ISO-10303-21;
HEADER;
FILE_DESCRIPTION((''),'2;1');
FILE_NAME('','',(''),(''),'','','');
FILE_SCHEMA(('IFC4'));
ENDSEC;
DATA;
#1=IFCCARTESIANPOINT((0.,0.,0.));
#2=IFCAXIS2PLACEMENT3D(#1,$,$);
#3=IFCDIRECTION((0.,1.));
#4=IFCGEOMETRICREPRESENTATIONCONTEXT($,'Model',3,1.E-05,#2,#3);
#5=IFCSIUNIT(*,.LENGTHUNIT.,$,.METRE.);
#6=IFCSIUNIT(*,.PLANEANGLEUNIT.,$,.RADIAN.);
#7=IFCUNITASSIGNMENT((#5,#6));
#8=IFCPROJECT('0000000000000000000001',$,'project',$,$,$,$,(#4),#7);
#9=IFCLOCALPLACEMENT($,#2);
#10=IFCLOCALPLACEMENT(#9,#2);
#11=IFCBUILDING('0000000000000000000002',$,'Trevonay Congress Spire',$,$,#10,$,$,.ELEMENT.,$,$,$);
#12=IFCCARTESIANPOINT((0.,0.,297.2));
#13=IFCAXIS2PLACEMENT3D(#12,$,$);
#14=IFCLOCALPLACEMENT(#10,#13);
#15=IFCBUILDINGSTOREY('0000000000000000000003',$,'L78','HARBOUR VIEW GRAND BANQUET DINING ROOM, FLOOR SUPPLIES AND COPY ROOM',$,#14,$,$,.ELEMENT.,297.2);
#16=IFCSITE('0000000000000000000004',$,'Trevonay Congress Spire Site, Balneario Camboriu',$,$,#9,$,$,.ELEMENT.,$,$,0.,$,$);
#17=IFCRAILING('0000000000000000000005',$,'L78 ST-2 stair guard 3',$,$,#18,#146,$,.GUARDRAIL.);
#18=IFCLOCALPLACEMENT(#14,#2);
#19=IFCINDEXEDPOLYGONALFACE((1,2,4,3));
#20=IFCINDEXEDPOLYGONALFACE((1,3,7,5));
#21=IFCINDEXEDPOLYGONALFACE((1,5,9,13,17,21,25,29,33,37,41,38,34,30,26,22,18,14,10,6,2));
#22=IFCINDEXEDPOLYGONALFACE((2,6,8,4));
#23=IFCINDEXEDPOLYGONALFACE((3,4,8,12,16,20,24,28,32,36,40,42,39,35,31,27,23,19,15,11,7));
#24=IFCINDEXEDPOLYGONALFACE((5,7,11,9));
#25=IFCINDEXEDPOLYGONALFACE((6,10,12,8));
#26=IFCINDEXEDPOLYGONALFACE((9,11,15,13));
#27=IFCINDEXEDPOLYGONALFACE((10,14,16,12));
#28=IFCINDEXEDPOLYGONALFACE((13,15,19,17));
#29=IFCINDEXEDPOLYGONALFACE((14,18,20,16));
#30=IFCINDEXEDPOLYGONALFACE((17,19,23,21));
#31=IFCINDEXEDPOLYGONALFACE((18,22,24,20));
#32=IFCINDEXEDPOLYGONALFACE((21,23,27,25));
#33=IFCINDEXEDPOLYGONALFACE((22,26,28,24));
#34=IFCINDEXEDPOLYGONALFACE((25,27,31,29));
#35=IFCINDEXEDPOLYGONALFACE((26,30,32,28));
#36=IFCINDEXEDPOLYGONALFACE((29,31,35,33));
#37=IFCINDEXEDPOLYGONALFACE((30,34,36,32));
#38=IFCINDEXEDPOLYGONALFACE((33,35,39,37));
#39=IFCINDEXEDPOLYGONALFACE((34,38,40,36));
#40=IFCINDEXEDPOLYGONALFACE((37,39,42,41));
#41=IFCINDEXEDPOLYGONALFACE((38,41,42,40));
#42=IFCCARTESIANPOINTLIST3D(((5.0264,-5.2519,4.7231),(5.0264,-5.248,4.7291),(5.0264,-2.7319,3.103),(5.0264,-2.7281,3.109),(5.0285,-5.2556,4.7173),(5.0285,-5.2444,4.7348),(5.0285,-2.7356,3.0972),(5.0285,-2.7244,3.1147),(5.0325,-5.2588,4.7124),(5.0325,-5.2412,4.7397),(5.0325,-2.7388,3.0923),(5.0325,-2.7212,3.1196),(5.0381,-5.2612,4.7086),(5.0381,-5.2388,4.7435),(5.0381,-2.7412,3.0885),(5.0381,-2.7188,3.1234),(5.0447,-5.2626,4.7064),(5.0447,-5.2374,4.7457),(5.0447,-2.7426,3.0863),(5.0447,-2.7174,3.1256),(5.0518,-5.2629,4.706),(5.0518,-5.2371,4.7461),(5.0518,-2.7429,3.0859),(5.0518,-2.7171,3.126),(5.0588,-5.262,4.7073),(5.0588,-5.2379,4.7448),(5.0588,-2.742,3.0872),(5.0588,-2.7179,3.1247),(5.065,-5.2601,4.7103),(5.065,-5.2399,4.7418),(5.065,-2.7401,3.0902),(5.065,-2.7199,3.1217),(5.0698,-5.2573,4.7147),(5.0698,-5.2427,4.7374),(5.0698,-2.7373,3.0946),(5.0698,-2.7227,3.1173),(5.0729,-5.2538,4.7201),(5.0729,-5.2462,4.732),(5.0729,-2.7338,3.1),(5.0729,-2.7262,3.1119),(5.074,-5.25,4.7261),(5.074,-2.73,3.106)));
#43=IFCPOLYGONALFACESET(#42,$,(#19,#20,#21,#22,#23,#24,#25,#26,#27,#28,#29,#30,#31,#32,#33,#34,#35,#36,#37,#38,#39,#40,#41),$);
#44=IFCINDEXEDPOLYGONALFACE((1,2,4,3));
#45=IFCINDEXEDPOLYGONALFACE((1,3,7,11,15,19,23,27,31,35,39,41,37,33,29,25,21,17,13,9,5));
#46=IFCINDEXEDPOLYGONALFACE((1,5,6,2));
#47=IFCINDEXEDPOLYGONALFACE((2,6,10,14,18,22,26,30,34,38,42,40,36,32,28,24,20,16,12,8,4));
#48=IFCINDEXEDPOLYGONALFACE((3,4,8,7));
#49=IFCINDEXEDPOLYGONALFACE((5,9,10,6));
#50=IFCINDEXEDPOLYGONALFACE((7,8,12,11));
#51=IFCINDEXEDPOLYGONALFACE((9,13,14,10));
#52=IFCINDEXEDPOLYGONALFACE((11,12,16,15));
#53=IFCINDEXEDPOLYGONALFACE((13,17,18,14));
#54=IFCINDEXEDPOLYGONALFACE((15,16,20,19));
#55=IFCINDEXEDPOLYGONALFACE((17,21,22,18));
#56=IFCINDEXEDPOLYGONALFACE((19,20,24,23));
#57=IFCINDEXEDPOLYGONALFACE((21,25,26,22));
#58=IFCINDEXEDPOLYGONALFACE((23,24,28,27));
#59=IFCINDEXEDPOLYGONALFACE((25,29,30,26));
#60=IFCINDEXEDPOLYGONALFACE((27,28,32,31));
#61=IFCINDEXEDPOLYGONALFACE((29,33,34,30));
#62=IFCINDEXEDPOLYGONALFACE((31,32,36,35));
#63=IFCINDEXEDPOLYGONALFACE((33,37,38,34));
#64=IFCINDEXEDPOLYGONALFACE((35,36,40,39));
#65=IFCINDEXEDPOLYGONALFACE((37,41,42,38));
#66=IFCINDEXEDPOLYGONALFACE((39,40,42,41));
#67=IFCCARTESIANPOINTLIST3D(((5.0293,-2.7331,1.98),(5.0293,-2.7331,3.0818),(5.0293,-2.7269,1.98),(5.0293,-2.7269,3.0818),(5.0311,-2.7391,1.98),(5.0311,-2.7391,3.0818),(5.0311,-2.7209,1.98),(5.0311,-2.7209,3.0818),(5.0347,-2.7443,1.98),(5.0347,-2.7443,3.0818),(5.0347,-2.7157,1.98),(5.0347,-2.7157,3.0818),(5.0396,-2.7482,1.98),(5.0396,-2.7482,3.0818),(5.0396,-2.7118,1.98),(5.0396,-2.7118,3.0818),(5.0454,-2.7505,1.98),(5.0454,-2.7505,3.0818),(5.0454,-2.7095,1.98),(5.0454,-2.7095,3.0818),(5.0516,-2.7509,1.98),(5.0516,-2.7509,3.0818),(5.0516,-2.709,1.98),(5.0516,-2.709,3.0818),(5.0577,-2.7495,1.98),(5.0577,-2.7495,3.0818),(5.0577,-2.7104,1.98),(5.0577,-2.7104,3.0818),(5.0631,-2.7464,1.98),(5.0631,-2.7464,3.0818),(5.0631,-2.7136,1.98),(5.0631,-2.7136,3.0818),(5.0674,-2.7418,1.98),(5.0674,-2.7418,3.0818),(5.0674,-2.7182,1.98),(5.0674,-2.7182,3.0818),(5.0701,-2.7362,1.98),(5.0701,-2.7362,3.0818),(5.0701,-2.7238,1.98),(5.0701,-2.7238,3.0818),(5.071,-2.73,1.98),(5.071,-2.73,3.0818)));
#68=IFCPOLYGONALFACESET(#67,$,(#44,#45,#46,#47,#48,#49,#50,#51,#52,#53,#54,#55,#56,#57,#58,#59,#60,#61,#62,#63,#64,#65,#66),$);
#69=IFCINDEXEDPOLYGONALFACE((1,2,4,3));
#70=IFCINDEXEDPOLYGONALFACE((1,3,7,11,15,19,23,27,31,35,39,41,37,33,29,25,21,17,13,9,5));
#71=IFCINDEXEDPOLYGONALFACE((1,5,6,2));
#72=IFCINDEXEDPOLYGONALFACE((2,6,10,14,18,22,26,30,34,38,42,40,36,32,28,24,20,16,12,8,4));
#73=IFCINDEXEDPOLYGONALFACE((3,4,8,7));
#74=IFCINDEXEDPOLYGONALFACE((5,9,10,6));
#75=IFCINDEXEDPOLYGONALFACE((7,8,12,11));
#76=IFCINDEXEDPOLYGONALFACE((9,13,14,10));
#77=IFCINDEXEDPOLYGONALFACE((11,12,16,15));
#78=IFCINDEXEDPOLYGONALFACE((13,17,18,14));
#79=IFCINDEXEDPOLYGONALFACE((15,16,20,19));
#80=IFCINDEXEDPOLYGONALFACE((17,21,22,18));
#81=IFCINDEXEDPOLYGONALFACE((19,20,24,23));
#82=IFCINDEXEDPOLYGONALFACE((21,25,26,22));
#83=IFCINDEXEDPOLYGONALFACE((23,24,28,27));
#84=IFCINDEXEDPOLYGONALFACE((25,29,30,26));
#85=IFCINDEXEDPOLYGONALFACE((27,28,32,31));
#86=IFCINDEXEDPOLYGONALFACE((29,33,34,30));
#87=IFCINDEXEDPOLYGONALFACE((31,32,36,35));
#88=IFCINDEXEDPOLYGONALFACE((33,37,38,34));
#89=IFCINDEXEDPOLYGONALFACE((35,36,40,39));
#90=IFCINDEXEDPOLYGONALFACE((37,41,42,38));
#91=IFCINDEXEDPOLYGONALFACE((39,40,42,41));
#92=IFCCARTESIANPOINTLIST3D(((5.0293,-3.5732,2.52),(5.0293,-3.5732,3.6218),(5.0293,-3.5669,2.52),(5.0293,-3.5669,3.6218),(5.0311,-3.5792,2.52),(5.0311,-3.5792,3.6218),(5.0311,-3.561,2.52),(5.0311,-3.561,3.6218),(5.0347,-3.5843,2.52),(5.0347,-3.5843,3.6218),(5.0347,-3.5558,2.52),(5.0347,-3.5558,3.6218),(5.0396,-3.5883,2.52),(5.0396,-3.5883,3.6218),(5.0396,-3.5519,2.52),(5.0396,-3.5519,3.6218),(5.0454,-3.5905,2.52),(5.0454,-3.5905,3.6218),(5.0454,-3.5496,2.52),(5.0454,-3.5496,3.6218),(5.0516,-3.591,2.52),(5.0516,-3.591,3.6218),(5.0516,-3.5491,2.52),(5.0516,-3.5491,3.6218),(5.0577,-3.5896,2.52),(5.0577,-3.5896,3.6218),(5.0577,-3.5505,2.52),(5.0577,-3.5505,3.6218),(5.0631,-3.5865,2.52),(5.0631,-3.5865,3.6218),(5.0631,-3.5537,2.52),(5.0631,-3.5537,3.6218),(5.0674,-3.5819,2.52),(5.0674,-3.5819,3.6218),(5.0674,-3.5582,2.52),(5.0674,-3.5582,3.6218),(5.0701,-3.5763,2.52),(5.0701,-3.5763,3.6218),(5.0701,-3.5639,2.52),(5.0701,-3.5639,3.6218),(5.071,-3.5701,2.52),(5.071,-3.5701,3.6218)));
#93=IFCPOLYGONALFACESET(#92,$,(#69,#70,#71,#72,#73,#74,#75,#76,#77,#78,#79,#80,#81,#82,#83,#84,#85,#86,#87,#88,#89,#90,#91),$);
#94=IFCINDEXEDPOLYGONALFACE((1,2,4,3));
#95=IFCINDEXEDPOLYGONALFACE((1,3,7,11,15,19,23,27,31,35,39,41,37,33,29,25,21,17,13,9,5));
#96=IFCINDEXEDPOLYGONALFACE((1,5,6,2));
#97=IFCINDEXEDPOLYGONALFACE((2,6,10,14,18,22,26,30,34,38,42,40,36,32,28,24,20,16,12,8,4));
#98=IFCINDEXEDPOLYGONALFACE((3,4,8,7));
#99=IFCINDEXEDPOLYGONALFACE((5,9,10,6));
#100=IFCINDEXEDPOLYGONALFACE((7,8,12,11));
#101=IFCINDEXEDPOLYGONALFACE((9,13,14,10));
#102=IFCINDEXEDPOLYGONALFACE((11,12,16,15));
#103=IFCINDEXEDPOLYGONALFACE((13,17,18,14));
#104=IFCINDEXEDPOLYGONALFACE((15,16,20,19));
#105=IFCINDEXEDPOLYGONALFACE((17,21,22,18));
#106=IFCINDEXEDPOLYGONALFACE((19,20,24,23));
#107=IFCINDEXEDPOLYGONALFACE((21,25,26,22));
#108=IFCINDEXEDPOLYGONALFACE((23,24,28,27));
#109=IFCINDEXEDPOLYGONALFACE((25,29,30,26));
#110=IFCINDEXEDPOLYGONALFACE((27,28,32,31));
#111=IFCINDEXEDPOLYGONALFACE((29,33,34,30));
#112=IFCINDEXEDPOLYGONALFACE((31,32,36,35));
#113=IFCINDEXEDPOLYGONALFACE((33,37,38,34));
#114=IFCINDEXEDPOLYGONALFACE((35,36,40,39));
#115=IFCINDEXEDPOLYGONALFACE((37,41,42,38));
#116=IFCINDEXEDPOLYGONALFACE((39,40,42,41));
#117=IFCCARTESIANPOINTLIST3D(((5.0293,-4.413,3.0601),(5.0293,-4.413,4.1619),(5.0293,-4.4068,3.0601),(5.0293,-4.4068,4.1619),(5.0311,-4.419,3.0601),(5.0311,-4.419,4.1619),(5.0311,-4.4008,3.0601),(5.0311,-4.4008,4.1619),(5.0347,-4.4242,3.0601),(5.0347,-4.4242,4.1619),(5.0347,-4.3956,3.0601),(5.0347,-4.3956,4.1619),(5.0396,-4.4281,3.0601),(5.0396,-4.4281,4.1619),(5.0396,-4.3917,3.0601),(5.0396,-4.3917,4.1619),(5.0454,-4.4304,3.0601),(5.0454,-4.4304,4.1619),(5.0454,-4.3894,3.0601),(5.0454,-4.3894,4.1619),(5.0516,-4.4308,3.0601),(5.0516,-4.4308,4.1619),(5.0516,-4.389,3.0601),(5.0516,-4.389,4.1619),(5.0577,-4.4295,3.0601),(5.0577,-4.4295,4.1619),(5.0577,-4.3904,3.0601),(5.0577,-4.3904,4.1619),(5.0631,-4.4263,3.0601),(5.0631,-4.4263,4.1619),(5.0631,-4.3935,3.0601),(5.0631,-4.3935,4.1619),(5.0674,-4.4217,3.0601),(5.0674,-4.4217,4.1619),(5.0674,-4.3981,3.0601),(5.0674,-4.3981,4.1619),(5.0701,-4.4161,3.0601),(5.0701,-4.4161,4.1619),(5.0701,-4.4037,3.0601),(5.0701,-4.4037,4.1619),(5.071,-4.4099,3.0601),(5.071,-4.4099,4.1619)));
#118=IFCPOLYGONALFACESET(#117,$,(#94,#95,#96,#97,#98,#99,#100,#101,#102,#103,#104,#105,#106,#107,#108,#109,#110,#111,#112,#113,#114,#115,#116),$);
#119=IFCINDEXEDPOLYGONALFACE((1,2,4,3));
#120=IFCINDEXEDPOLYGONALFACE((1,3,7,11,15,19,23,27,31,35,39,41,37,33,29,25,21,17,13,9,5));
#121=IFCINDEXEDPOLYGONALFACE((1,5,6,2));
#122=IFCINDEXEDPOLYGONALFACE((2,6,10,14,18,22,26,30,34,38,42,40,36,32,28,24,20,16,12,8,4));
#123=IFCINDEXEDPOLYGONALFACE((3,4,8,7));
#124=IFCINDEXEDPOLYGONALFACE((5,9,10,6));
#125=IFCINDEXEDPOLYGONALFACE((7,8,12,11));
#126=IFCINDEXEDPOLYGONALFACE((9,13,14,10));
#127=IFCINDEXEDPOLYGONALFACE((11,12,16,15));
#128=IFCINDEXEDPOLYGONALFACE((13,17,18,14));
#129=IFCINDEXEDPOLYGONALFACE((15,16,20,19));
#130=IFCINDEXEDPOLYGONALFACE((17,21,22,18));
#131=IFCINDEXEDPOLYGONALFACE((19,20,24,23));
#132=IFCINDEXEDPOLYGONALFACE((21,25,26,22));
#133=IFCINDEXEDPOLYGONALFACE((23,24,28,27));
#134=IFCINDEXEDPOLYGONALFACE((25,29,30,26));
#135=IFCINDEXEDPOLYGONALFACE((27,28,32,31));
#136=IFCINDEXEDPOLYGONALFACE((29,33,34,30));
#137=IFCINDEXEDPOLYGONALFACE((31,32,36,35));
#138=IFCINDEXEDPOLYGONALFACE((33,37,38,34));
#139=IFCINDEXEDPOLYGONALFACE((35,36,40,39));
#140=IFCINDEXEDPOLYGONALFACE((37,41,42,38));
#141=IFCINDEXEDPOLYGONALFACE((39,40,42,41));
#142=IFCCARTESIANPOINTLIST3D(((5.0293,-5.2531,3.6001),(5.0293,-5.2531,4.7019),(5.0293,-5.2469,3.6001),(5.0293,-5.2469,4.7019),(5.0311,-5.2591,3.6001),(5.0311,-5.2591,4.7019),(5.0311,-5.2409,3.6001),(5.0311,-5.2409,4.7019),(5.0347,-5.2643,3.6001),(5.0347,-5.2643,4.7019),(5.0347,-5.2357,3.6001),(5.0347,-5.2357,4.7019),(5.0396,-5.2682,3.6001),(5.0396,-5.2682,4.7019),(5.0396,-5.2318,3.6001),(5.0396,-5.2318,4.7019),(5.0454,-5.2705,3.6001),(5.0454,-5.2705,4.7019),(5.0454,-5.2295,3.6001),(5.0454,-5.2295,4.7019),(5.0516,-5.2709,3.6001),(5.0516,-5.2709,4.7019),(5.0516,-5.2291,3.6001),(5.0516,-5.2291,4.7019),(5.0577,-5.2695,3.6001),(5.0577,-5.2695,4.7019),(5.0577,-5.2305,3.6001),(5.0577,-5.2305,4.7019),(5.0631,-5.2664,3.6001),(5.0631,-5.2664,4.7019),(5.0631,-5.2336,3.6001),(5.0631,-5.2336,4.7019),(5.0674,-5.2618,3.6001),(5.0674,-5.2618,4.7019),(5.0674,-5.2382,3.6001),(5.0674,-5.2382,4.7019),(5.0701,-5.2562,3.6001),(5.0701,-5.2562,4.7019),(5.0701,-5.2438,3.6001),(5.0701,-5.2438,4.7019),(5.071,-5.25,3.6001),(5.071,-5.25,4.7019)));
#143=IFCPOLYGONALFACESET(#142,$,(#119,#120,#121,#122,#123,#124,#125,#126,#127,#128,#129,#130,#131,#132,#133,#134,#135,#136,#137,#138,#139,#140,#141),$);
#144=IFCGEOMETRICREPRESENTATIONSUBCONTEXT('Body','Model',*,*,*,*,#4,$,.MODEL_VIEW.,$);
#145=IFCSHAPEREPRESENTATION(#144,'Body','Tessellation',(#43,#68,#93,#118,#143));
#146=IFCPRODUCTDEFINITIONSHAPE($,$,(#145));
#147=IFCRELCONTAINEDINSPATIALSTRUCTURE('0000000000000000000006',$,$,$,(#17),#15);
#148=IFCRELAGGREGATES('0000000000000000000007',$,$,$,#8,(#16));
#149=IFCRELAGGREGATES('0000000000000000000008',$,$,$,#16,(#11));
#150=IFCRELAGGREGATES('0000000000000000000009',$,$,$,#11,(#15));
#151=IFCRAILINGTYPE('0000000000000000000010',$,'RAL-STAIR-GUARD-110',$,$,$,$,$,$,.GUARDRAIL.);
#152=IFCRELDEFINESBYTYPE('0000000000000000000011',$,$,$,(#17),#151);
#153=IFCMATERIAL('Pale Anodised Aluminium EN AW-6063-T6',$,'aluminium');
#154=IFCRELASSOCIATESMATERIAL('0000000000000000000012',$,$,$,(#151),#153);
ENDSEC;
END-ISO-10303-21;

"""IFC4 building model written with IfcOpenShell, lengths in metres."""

from ifc_helpers import new_model, si_unit, direction, frame, origin, origin_2d, place, context, subcontext, project, spatial, circle, extrude, material, type_object, element, save


model = new_model("IFC4")

# Units and contexts
model_context = context("Model", 3, precision=1e-05, world=origin(), true_north=direction((0.0, 1.0)))
body_context = subcontext(model_context, "Body", "Model", "MODEL_VIEW")
ifc_project = project(units=[si_unit("LENGTHUNIT", "METRE"), si_unit("PLANEANGLEUNIT", "RADIAN")], contexts=[model_context])

# Site, building, storey
site_placement = place(None, origin())
site = spatial("IfcSite", under=ifc_project, at=site_placement, Name="Trevonay Congress Spire Site, Balneario Camboriu", CompositionType="ELEMENT", RefElevation=0.0)
building_placement = place(site_placement, origin())
building = spatial("IfcBuilding", under=site, at=building_placement, Name="Trevonay Congress Spire", CompositionType="ELEMENT")
storey_placement = place(building_placement, frame((0.0, 0.0, 297.2)))
storey = spatial("IfcBuildingStorey", under=building, at=storey_placement, Name="L78", Description="HARBOUR VIEW GRAND BANQUET DINING ROOM, FLOOR SUPPLIES AND COPY ROOM", CompositionType="ELEMENT", Elevation=297.2)

# Shared definitions
ifc_material_1 = material(Name="Pale Anodised Aluminium EN AW-6063-T6", Category="aluminium")

# Railing
railing_type_1 = type_object("IfcRailingType", Name="RAL-STAIR-GUARD-110", PredefinedType="GUARDRAIL", material=ifc_material_1)
railing_1_placement = place(storey_placement, frame((5.05, -2.73, 1.98)))
element("IfcRailing", 1, at=railing_1_placement, inside=storey, type_object=railing_type_1, Name="L78 ST-2 stair guard 3", PredefinedType="GUARDRAIL", context=body_context, shape_type="SweptSolid", body=[
    extrude(circle(Radius=0.0239, at=origin_2d()), frame((0.0, 0.0, 1.126), z_axis=(0.0, -0.841163, 0.540782), x_axis=(1.0, 0.0, 0.0)), (0.0, 0.0, 1.0), 2.9958),
    extrude(circle(Radius=0.021, at=origin_2d()), origin(), (0.0, 0.0, 1.0), 1.1018),
    extrude(circle(Radius=0.021, at=origin_2d()), frame((0.0, -0.8401, 0.54)), (0.0, 0.0, 1.0), 1.1018),
    extrude(circle(Radius=0.021, at=origin_2d()), frame((0.0, -1.6799, 1.0801)), (0.0, 0.0, 1.0), 1.1018),
    extrude(circle(Radius=0.021, at=origin_2d()), frame((0.0, -2.52, 1.6201)), (0.0, 0.0, 1.0), 1.1018),
])

save(model, "model.ifc")
